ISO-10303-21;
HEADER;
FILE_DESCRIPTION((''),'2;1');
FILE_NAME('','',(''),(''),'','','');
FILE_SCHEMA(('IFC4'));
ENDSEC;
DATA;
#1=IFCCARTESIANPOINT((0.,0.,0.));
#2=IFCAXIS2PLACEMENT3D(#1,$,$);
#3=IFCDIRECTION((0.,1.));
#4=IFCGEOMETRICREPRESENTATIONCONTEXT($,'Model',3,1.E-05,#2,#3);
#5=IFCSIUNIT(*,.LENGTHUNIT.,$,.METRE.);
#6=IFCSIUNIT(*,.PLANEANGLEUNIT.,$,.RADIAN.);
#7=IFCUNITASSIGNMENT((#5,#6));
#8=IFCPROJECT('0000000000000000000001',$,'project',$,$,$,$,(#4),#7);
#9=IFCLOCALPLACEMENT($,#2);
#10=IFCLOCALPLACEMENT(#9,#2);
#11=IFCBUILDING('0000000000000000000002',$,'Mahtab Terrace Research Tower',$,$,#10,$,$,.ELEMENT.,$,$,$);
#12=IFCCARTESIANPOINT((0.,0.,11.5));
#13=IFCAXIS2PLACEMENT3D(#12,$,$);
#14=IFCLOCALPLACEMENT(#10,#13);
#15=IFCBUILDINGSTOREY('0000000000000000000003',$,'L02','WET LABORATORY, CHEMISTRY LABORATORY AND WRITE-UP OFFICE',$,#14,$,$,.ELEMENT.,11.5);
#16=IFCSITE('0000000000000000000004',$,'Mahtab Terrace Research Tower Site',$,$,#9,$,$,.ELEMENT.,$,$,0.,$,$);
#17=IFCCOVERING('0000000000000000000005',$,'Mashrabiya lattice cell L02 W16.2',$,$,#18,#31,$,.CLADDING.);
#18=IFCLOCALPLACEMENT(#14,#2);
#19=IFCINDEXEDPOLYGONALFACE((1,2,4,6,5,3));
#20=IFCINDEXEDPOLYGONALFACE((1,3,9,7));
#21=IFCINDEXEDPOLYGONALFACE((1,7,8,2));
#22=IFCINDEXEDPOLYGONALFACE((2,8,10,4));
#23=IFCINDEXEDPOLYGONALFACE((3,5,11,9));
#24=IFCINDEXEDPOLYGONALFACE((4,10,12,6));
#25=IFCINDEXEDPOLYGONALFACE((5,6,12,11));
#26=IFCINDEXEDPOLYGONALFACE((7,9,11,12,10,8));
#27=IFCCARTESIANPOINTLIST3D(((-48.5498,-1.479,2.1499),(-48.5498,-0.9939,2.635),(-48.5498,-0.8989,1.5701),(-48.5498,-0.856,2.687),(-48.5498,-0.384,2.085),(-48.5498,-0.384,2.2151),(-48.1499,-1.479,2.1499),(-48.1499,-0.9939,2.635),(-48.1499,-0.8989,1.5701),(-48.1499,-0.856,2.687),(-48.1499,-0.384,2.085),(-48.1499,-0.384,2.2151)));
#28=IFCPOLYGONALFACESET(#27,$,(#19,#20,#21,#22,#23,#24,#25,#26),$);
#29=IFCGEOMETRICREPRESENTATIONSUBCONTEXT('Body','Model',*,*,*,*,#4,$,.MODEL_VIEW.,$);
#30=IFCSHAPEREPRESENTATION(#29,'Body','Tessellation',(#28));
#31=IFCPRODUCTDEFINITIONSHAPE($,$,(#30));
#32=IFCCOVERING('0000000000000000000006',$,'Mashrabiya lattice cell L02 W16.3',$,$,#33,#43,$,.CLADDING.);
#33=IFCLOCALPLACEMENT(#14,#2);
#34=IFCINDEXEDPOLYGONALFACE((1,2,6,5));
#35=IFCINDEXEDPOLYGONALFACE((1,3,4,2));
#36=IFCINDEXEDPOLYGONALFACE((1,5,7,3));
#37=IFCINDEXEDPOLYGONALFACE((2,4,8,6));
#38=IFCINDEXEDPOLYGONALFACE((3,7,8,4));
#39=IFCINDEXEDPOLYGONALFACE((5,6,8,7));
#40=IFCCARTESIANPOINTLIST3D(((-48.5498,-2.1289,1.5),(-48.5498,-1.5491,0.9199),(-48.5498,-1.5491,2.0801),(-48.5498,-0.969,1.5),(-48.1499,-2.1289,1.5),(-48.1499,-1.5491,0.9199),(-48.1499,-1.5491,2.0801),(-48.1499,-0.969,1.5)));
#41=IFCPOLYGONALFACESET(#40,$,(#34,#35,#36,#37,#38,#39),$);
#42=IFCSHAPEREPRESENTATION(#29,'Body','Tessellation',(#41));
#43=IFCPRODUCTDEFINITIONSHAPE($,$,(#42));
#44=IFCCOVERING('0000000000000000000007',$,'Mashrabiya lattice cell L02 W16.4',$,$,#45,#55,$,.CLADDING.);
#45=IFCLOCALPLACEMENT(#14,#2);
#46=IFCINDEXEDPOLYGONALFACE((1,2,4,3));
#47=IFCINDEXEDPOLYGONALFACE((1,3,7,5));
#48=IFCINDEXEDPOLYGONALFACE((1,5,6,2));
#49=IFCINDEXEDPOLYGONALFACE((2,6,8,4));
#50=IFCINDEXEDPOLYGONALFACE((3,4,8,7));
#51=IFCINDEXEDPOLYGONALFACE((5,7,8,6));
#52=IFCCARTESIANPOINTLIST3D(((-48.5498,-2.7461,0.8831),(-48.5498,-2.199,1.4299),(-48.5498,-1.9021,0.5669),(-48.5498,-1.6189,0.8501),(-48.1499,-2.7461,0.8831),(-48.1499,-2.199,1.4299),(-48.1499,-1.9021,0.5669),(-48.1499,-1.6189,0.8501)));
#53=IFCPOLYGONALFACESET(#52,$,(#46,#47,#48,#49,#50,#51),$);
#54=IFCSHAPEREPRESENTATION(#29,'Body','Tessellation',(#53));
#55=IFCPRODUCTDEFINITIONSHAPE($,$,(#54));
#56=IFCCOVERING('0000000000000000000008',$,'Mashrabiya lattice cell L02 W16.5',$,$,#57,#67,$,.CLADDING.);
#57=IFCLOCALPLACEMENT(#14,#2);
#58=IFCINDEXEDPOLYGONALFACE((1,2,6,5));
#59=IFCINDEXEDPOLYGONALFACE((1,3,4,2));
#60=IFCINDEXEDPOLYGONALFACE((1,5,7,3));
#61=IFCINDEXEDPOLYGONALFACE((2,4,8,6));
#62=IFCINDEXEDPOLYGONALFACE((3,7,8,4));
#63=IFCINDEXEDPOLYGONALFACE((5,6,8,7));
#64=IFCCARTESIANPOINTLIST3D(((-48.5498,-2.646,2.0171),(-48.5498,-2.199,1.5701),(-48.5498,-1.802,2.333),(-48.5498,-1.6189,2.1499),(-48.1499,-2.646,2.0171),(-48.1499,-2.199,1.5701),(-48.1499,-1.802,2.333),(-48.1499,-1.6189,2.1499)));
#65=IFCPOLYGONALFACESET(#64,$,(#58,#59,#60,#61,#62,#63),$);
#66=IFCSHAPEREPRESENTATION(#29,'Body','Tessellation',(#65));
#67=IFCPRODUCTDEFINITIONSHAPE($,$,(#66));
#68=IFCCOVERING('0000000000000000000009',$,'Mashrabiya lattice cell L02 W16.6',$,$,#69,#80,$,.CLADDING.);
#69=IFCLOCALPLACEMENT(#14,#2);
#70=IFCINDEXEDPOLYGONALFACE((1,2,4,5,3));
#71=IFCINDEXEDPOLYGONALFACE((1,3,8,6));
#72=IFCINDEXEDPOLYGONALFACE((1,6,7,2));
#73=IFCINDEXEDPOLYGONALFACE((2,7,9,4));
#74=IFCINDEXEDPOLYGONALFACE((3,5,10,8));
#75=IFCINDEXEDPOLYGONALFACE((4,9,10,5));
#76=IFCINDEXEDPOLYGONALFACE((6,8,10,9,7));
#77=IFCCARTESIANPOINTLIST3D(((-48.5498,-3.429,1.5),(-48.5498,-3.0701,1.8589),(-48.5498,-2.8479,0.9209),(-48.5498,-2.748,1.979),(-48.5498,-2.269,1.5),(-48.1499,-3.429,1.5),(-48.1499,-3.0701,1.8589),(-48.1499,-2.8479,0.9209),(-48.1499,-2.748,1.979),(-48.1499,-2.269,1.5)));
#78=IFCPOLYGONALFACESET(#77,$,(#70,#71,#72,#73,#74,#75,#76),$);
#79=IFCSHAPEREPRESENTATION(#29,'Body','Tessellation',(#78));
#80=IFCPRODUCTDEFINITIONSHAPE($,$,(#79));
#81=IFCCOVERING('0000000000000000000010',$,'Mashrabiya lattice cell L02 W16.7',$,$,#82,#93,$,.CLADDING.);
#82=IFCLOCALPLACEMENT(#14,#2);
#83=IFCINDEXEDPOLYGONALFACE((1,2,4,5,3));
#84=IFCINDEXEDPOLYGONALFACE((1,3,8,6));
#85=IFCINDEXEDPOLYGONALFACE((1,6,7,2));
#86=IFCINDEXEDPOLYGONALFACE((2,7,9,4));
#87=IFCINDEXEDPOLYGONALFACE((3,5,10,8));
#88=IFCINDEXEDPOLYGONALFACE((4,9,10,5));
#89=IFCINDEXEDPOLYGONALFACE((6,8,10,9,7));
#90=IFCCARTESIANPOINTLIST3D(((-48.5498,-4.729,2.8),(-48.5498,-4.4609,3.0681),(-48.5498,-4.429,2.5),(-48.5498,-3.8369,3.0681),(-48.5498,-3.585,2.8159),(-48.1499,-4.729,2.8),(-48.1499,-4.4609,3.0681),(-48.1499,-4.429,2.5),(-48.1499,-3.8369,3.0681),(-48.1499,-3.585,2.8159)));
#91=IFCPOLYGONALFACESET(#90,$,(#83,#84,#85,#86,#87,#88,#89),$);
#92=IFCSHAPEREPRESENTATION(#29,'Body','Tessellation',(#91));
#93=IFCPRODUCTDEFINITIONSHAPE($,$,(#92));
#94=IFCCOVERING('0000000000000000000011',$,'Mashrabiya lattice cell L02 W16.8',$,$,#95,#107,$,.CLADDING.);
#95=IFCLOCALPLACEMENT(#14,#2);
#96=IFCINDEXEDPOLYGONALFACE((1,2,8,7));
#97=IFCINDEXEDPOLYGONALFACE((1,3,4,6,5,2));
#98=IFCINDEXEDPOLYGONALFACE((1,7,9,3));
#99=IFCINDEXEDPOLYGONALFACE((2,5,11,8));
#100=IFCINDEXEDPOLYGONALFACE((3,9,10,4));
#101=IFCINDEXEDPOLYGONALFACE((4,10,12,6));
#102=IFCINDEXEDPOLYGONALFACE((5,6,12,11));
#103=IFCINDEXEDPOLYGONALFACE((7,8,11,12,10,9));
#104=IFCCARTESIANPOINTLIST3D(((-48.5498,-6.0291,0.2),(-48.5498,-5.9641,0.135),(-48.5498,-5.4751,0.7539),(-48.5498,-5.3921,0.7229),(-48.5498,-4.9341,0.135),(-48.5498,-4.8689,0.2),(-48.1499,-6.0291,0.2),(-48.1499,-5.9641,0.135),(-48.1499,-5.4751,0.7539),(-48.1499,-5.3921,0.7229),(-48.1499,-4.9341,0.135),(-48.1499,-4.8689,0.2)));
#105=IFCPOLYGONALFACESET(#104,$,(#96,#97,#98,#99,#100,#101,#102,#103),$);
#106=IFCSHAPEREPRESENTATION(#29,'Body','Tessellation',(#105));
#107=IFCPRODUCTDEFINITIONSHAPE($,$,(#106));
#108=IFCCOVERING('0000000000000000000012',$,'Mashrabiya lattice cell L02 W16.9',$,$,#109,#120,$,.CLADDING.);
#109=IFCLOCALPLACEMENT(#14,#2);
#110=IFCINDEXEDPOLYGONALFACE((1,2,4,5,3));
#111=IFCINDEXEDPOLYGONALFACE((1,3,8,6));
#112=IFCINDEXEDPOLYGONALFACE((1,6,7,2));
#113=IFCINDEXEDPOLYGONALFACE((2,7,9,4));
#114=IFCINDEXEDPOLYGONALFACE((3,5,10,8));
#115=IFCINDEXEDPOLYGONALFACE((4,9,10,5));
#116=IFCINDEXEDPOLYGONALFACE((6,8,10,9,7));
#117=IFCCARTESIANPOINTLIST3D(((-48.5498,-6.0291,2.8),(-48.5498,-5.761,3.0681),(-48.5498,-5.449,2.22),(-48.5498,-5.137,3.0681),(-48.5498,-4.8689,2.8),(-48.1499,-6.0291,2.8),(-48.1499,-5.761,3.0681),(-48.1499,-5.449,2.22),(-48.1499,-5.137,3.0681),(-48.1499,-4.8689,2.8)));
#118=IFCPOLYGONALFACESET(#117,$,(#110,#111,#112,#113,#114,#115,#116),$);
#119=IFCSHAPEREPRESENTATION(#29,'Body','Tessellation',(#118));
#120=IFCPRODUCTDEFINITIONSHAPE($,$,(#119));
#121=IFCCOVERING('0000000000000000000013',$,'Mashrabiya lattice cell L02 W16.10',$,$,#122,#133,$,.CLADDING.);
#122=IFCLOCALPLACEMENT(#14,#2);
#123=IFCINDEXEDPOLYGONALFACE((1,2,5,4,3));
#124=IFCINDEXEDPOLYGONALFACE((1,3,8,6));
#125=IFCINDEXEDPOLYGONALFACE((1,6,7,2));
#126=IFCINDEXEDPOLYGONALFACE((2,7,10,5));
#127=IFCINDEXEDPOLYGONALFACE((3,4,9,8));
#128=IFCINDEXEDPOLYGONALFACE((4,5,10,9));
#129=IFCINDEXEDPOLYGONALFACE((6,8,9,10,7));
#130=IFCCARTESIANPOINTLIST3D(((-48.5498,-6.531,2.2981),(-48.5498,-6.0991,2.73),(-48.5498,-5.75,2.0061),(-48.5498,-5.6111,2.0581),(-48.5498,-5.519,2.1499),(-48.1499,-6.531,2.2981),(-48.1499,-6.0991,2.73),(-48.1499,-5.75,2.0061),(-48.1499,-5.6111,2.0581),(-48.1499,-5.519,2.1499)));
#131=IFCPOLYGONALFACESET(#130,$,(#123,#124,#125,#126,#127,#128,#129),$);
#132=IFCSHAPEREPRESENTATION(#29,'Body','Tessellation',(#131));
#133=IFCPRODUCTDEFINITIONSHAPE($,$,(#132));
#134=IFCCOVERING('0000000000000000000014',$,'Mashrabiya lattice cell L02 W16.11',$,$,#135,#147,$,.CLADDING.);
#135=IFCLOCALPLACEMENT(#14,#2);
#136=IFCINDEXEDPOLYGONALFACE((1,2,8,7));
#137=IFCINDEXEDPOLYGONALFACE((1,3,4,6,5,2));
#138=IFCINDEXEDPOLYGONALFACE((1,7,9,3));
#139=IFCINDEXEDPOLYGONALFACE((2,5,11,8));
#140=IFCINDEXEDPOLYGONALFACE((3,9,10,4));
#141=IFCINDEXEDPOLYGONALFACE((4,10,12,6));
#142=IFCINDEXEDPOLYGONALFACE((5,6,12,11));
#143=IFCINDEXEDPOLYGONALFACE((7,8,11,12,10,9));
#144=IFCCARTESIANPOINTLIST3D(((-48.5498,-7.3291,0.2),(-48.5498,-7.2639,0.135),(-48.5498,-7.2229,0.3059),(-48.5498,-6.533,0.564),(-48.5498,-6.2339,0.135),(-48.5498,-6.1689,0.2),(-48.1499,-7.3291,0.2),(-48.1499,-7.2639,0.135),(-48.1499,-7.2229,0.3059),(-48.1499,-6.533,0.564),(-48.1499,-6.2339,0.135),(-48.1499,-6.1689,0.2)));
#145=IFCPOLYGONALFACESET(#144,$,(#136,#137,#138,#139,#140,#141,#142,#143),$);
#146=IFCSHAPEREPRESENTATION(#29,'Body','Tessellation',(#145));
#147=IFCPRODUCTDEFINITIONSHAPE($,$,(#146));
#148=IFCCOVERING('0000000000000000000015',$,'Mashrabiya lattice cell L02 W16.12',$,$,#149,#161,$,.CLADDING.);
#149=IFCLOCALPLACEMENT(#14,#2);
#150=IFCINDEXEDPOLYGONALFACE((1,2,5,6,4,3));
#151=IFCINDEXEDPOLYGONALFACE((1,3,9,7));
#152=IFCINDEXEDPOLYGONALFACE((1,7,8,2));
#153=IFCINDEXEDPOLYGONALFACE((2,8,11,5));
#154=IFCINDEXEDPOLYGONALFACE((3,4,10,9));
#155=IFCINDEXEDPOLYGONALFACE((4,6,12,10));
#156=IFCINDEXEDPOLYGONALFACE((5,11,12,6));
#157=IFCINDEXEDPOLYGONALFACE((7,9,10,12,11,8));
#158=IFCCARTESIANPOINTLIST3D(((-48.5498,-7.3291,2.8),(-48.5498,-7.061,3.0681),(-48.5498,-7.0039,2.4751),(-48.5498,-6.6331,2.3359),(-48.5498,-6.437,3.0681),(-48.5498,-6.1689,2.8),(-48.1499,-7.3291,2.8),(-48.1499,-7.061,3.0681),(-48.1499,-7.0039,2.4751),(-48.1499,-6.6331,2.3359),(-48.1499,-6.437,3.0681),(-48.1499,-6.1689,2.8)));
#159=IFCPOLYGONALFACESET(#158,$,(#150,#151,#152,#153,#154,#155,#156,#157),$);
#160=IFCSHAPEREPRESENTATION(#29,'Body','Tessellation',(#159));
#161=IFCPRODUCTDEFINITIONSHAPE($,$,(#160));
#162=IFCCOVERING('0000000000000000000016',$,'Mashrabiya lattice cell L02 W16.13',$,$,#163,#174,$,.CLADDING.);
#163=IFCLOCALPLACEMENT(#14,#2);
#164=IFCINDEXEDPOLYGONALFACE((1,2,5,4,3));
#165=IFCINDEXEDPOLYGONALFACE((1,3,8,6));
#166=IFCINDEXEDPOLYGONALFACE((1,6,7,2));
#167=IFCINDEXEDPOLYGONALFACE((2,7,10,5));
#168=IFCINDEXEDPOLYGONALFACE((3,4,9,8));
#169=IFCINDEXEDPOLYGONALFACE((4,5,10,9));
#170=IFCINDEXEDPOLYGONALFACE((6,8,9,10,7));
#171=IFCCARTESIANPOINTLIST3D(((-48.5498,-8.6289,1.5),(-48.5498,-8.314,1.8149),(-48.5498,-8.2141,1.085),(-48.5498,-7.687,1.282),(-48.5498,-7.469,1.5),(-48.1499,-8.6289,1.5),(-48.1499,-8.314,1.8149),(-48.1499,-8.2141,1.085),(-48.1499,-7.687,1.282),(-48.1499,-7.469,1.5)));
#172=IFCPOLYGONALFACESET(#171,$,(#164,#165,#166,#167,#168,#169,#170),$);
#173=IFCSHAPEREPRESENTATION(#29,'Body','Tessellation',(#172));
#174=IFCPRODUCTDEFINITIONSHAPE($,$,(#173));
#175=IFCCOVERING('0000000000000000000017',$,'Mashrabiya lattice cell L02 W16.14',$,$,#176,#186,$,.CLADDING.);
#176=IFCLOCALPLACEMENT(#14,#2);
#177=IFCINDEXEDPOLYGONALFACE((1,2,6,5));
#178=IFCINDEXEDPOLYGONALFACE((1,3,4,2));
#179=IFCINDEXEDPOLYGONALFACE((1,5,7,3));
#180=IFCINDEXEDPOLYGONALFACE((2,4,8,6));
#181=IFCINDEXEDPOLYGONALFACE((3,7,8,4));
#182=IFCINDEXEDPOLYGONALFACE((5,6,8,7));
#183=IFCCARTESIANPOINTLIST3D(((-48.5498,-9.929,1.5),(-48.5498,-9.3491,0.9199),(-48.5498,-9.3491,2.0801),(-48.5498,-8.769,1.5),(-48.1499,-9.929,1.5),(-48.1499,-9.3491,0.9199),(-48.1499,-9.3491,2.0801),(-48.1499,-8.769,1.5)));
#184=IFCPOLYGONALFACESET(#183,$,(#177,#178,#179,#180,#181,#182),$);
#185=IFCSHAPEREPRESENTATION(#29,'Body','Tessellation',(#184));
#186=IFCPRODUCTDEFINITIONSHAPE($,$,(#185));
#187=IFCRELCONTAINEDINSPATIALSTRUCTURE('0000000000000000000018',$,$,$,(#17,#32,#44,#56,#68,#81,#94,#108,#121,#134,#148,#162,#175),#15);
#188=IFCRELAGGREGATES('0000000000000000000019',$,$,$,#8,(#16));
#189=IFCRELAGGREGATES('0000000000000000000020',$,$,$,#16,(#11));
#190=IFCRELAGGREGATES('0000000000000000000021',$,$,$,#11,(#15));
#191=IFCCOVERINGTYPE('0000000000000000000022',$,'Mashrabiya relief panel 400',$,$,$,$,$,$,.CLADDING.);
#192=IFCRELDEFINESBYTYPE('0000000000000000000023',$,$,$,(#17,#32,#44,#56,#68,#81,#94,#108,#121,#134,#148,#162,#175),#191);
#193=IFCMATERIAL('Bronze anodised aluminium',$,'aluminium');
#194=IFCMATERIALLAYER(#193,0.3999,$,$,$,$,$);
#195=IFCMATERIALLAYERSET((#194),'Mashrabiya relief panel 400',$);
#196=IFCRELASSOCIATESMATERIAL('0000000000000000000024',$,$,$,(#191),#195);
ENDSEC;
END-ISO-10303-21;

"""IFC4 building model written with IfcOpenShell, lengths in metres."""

from ifc_helpers import new_model, si_unit, direction, frame, origin, place, context, subcontext, project, spatial, polyline, outline, extrude, material, layer, layer_set, type_object, element, save


model = new_model("IFC4")

# Units and contexts
model_context = context("Model", 3, precision=1e-05, world=origin(), true_north=direction((0.0, 1.0)))
body_context = subcontext(model_context, "Body", "Model", "MODEL_VIEW")
ifc_project = project(units=[si_unit("LENGTHUNIT", "METRE"), si_unit("PLANEANGLEUNIT", "RADIAN")], contexts=[model_context])

# Site, building, storey
site_placement = place(None, origin())
site = spatial("IfcSite", under=ifc_project, at=site_placement, Name="Mahtab Terrace Research Tower Site", CompositionType="ELEMENT", RefElevation=0.0)
building_placement = place(site_placement, origin())
building = spatial("IfcBuilding", under=site, at=building_placement, Name="Mahtab Terrace Research Tower", CompositionType="ELEMENT")
storey_placement = place(building_placement, frame((0.0, 0.0, 11.5)))
storey = spatial("IfcBuildingStorey", under=building, at=storey_placement, Name="L02", Description="WET LABORATORY, CHEMISTRY LABORATORY AND WRITE-UP OFFICE", CompositionType="ELEMENT", Elevation=11.5)

# Coverings
ifc_material = material(Name="Bronze anodised aluminium", Category="aluminium")
ifc_layer = layer(ifc_material, 0.3999)
ifc_layer_set = layer_set([ifc_layer], Name="Mashrabiya relief panel 400")
covering_type = type_object("IfcCoveringType", Name="Mashrabiya relief panel 400", PredefinedType="CLADDING", material=ifc_layer_set)
covering_1_placement = place(storey_placement, frame((-48.1499, -1.479, 2.1499), z_axis=(1.0, 0.0, 0.0), x_axis=(0.0, 0.707256, -0.706958)))
element("IfcCovering", 1, at=covering_1_placement, inside=storey, type_object=covering_type, Name="Mashrabiya lattice cell L02 W16.2", PredefinedType="CLADDING", context=body_context, shape_type="SweptSolid", body=[
    extrude(outline(polyline([(0.0, 0.0), (0.8202, 0.0), (0.8203, 0.7282), (0.7283, 0.8202), (0.0609, 0.8203), (0.0001, 0.686), (0.0, 0.0)])), origin(), (0.0, 0.0, -1.0), 0.3999),
])
covering_2_placement = place(storey_placement, frame((-48.1499, -1.5491, 2.0801), z_axis=(1.0, 0.0, 0.0), x_axis=(0.0, -0.706958, -0.707256)))
element("IfcCovering", 2, at=covering_2_placement, inside=storey, type_object=covering_type, Name="Mashrabiya lattice cell L02 W16.3", PredefinedType="CLADDING", context=body_context, shape_type="SweptSolid", body=[
    extrude(outline(polyline([(0.0, 0.0), (0.8202, 0.0), (0.8205, 0.8202), (0.0002, 0.8204), (0.0, 0.0)])), origin(), (0.0, 0.0, -1.0), 0.3999),
])
covering_3_placement = place(storey_placement, frame((-48.1499, -1.6189, 0.8501), z_axis=(1.0, 0.0, 0.0), x_axis=(0.0, -0.707256, 0.706958)))
element("IfcCovering", 3, at=covering_3_placement, inside=storey, type_object=covering_type, Name="Mashrabiya lattice cell L02 W16.4", PredefinedType="CLADDING", context=body_context, shape_type="SweptSolid", body=[
    extrude(outline(polyline([(0.0, 0.0), (0.8202, 0.0), (0.8205, 0.7736), (0.0001, 0.4005), (0.0, 0.0)])), origin(), (0.0, 0.0, -1.0), 0.3999),
])
covering_4_placement = place(storey_placement, frame((-48.1499, -2.199, 1.5701), z_axis=(1.0, 0.0, 0.0), x_axis=(0.0, 0.707256, 0.706958)))
element("IfcCovering", 4, at=covering_4_placement, inside=storey, type_object=covering_type, Name="Mashrabiya lattice cell L02 W16.5", PredefinedType="CLADDING", context=body_context, shape_type="SweptSolid", body=[
    extrude(outline(polyline([(0.0, 0.0), (0.8202, 0.0), (0.8201, 0.259), (-0.0001, 0.6322), (0.0, 0.0)])), origin(), (0.0, 0.0, -1.0), 0.3999),
])
covering_5_placement = place(storey_placement, frame((-48.1499, -2.269, 1.5), z_axis=(1.0, 0.0, 0.0), x_axis=(0.0, -0.707107, 0.707107)))
element("IfcCovering", 5, at=covering_5_placement, inside=storey, type_object=covering_type, Name="Mashrabiya lattice cell L02 W16.6", PredefinedType="CLADDING", context=body_context, shape_type="SweptSolid", body=[
    extrude(outline(polyline([(0.0, 0.0), (0.6774, 0.0), (0.8202, 0.3126), (0.8202, 0.8202), (-0.0002, 0.8188), (0.0, 0.0)])), origin(), (0.0, 0.0, -1.0), 0.3999),
])
covering_6_placement = place(storey_placement, frame((-48.1499, -4.729, 2.8), z_axis=(1.0, 0.0, 0.0), x_axis=(0.0, 0.707107, -0.707107)))
element("IfcCovering", 6, at=covering_6_placement, inside=storey, type_object=covering_type, Name="Mashrabiya lattice cell L02 W16.7", PredefinedType="CLADDING", context=body_context, shape_type="SweptSolid", body=[
    extrude(outline(polyline([(0.0, 0.0), (0.4243, 0.0), (0.7977, 0.8202), (0.4413, 0.8204), (0.0, 0.3791), (0.0, 0.0)])), origin(), (0.0, 0.0, -1.0), 0.3999),
])
covering_7_placement = place(storey_placement, frame((-48.1499, -4.8689, 0.2), z_axis=(1.0, 0.0, 0.0), x_axis=(0.0, -0.707272, 0.706942)))
element("IfcCovering", 7, at=covering_7_placement, inside=storey, type_object=covering_type, Name="Mashrabiya lattice cell L02 W16.8", PredefinedType="CLADDING", context=body_context, shape_type="SweptSolid", body=[
    extrude(outline(polyline([(0.0, 0.0), (0.7397, 0.0), (0.8204, 0.0368), (0.8205, 0.8202), (0.7287, 0.8202), (0.0002, 0.092), (0.0, 0.0)])), origin(), (0.0, 0.0, -1.0), 0.3999),
])
covering_8_placement = place(storey_placement, frame((-48.1499, -6.0291, 2.8), z_axis=(1.0, 0.0, 0.0), x_axis=(0.0, 0.707107, -0.707107)))
element("IfcCovering", 8, at=covering_8_placement, inside=storey, type_object=covering_type, Name="Mashrabiya lattice cell L02 W16.9", PredefinedType="CLADDING", context=body_context, shape_type="SweptSolid", body=[
    extrude(outline(polyline([(0.0, 0.0), (0.8204, 0.0), (0.8204, 0.8204), (0.4413, 0.8204), (0.0, 0.3791), (0.0, 0.0)])), origin(), (0.0, 0.0, -1.0), 0.3999),
])
covering_9_placement = place(storey_placement, frame((-48.1499, -5.519, 2.1499), z_axis=(1.0, 0.0, 0.0), x_axis=(0.0, -0.707107, 0.707107)))
element("IfcCovering", 9, at=covering_9_placement, inside=storey, type_object=covering_type, Name="Mashrabiya lattice cell L02 W16.10", PredefinedType="CLADDING", context=body_context, shape_type="SweptSolid", body=[
    extrude(outline(polyline([(0.0, 0.0), (0.8204, 0.0), (0.8204, 0.6108), (0.0616, 0.265), (0.0002, 0.13), (0.0, 0.0)])), origin(), (0.0, 0.0, -1.0), 0.3999),
])
covering_10_placement = place(storey_placement, frame((-48.1499, -6.1689, 0.2), z_axis=(1.0, 0.0, 0.0), x_axis=(0.0, -0.707107, 0.707107)))
element("IfcCovering", 10, at=covering_10_placement, inside=storey, type_object=covering_type, Name="Mashrabiya lattice cell L02 W16.11", PredefinedType="CLADDING", context=body_context, shape_type="SweptSolid", body=[
    extrude(outline(polyline([(0.0, 0.0), (0.5148, 0.0), (0.8202, 0.6703), (0.8204, 0.8204), (0.7283, 0.8202), (0.0, 0.0918), (0.0, 0.0)])), origin(), (0.0, 0.0, -1.0), 0.3999),
])
covering_11_placement = place(storey_placement, frame((-48.1499, -6.1689, 2.8), z_axis=(1.0, 0.0, 0.0), x_axis=(0.0, -0.707107, 0.707107)))
element("IfcCovering", 11, at=covering_11_placement, inside=storey, type_object=covering_type, Name="Mashrabiya lattice cell L02 W16.12", PredefinedType="CLADDING", context=body_context, shape_type="SweptSolid", body=[
    extrude(outline(polyline([(0.0, 0.0), (0.3791, 0.0), (0.8204, 0.4413), (0.8204, 0.8204), (0.3606, 0.8202), (0.0, 0.6564), (0.0, 0.0)])), origin(), (0.0, 0.0, -1.0), 0.3999),
])
covering_12_placement = place(storey_placement, frame((-48.1499, -7.469, 1.5), z_axis=(1.0, 0.0, 0.0), x_axis=(0.0, -0.937028, 0.349254)))
element("IfcCovering", 12, at=covering_12_placement, inside=storey, type_object=covering_type, Name="Mashrabiya lattice cell L02 W16.13", PredefinedType="CLADDING", context=body_context, shape_type="SweptSolid", body=[
    extrude(outline(polyline([(0.0, 0.0), (0.9018, 0.0), (1.0869, 0.4051), (0.5532, 0.6491), (0.1281, 0.2804), (0.0, 0.0)])), origin(), (0.0, 0.0, -1.0), 0.3999),
])
covering_13_placement = place(storey_placement, frame((-48.1499, -9.3491, 2.0801), z_axis=(1.0, 0.0, 0.0), x_axis=(0.0, -0.706958, -0.707256)))
element("IfcCovering", 13, at=covering_13_placement, inside=storey, type_object=covering_type, Name="Mashrabiya lattice cell L02 W16.14", PredefinedType="CLADDING", context=body_context, shape_type="SweptSolid", body=[
    extrude(outline(polyline([(0.0, 0.0), (0.8202, 0.0), (0.8205, 0.8202), (0.0002, 0.8204), (0.0, 0.0)])), origin(), (0.0, 0.0, -1.0), 0.3999),
])

save(model, "model.ifc")
